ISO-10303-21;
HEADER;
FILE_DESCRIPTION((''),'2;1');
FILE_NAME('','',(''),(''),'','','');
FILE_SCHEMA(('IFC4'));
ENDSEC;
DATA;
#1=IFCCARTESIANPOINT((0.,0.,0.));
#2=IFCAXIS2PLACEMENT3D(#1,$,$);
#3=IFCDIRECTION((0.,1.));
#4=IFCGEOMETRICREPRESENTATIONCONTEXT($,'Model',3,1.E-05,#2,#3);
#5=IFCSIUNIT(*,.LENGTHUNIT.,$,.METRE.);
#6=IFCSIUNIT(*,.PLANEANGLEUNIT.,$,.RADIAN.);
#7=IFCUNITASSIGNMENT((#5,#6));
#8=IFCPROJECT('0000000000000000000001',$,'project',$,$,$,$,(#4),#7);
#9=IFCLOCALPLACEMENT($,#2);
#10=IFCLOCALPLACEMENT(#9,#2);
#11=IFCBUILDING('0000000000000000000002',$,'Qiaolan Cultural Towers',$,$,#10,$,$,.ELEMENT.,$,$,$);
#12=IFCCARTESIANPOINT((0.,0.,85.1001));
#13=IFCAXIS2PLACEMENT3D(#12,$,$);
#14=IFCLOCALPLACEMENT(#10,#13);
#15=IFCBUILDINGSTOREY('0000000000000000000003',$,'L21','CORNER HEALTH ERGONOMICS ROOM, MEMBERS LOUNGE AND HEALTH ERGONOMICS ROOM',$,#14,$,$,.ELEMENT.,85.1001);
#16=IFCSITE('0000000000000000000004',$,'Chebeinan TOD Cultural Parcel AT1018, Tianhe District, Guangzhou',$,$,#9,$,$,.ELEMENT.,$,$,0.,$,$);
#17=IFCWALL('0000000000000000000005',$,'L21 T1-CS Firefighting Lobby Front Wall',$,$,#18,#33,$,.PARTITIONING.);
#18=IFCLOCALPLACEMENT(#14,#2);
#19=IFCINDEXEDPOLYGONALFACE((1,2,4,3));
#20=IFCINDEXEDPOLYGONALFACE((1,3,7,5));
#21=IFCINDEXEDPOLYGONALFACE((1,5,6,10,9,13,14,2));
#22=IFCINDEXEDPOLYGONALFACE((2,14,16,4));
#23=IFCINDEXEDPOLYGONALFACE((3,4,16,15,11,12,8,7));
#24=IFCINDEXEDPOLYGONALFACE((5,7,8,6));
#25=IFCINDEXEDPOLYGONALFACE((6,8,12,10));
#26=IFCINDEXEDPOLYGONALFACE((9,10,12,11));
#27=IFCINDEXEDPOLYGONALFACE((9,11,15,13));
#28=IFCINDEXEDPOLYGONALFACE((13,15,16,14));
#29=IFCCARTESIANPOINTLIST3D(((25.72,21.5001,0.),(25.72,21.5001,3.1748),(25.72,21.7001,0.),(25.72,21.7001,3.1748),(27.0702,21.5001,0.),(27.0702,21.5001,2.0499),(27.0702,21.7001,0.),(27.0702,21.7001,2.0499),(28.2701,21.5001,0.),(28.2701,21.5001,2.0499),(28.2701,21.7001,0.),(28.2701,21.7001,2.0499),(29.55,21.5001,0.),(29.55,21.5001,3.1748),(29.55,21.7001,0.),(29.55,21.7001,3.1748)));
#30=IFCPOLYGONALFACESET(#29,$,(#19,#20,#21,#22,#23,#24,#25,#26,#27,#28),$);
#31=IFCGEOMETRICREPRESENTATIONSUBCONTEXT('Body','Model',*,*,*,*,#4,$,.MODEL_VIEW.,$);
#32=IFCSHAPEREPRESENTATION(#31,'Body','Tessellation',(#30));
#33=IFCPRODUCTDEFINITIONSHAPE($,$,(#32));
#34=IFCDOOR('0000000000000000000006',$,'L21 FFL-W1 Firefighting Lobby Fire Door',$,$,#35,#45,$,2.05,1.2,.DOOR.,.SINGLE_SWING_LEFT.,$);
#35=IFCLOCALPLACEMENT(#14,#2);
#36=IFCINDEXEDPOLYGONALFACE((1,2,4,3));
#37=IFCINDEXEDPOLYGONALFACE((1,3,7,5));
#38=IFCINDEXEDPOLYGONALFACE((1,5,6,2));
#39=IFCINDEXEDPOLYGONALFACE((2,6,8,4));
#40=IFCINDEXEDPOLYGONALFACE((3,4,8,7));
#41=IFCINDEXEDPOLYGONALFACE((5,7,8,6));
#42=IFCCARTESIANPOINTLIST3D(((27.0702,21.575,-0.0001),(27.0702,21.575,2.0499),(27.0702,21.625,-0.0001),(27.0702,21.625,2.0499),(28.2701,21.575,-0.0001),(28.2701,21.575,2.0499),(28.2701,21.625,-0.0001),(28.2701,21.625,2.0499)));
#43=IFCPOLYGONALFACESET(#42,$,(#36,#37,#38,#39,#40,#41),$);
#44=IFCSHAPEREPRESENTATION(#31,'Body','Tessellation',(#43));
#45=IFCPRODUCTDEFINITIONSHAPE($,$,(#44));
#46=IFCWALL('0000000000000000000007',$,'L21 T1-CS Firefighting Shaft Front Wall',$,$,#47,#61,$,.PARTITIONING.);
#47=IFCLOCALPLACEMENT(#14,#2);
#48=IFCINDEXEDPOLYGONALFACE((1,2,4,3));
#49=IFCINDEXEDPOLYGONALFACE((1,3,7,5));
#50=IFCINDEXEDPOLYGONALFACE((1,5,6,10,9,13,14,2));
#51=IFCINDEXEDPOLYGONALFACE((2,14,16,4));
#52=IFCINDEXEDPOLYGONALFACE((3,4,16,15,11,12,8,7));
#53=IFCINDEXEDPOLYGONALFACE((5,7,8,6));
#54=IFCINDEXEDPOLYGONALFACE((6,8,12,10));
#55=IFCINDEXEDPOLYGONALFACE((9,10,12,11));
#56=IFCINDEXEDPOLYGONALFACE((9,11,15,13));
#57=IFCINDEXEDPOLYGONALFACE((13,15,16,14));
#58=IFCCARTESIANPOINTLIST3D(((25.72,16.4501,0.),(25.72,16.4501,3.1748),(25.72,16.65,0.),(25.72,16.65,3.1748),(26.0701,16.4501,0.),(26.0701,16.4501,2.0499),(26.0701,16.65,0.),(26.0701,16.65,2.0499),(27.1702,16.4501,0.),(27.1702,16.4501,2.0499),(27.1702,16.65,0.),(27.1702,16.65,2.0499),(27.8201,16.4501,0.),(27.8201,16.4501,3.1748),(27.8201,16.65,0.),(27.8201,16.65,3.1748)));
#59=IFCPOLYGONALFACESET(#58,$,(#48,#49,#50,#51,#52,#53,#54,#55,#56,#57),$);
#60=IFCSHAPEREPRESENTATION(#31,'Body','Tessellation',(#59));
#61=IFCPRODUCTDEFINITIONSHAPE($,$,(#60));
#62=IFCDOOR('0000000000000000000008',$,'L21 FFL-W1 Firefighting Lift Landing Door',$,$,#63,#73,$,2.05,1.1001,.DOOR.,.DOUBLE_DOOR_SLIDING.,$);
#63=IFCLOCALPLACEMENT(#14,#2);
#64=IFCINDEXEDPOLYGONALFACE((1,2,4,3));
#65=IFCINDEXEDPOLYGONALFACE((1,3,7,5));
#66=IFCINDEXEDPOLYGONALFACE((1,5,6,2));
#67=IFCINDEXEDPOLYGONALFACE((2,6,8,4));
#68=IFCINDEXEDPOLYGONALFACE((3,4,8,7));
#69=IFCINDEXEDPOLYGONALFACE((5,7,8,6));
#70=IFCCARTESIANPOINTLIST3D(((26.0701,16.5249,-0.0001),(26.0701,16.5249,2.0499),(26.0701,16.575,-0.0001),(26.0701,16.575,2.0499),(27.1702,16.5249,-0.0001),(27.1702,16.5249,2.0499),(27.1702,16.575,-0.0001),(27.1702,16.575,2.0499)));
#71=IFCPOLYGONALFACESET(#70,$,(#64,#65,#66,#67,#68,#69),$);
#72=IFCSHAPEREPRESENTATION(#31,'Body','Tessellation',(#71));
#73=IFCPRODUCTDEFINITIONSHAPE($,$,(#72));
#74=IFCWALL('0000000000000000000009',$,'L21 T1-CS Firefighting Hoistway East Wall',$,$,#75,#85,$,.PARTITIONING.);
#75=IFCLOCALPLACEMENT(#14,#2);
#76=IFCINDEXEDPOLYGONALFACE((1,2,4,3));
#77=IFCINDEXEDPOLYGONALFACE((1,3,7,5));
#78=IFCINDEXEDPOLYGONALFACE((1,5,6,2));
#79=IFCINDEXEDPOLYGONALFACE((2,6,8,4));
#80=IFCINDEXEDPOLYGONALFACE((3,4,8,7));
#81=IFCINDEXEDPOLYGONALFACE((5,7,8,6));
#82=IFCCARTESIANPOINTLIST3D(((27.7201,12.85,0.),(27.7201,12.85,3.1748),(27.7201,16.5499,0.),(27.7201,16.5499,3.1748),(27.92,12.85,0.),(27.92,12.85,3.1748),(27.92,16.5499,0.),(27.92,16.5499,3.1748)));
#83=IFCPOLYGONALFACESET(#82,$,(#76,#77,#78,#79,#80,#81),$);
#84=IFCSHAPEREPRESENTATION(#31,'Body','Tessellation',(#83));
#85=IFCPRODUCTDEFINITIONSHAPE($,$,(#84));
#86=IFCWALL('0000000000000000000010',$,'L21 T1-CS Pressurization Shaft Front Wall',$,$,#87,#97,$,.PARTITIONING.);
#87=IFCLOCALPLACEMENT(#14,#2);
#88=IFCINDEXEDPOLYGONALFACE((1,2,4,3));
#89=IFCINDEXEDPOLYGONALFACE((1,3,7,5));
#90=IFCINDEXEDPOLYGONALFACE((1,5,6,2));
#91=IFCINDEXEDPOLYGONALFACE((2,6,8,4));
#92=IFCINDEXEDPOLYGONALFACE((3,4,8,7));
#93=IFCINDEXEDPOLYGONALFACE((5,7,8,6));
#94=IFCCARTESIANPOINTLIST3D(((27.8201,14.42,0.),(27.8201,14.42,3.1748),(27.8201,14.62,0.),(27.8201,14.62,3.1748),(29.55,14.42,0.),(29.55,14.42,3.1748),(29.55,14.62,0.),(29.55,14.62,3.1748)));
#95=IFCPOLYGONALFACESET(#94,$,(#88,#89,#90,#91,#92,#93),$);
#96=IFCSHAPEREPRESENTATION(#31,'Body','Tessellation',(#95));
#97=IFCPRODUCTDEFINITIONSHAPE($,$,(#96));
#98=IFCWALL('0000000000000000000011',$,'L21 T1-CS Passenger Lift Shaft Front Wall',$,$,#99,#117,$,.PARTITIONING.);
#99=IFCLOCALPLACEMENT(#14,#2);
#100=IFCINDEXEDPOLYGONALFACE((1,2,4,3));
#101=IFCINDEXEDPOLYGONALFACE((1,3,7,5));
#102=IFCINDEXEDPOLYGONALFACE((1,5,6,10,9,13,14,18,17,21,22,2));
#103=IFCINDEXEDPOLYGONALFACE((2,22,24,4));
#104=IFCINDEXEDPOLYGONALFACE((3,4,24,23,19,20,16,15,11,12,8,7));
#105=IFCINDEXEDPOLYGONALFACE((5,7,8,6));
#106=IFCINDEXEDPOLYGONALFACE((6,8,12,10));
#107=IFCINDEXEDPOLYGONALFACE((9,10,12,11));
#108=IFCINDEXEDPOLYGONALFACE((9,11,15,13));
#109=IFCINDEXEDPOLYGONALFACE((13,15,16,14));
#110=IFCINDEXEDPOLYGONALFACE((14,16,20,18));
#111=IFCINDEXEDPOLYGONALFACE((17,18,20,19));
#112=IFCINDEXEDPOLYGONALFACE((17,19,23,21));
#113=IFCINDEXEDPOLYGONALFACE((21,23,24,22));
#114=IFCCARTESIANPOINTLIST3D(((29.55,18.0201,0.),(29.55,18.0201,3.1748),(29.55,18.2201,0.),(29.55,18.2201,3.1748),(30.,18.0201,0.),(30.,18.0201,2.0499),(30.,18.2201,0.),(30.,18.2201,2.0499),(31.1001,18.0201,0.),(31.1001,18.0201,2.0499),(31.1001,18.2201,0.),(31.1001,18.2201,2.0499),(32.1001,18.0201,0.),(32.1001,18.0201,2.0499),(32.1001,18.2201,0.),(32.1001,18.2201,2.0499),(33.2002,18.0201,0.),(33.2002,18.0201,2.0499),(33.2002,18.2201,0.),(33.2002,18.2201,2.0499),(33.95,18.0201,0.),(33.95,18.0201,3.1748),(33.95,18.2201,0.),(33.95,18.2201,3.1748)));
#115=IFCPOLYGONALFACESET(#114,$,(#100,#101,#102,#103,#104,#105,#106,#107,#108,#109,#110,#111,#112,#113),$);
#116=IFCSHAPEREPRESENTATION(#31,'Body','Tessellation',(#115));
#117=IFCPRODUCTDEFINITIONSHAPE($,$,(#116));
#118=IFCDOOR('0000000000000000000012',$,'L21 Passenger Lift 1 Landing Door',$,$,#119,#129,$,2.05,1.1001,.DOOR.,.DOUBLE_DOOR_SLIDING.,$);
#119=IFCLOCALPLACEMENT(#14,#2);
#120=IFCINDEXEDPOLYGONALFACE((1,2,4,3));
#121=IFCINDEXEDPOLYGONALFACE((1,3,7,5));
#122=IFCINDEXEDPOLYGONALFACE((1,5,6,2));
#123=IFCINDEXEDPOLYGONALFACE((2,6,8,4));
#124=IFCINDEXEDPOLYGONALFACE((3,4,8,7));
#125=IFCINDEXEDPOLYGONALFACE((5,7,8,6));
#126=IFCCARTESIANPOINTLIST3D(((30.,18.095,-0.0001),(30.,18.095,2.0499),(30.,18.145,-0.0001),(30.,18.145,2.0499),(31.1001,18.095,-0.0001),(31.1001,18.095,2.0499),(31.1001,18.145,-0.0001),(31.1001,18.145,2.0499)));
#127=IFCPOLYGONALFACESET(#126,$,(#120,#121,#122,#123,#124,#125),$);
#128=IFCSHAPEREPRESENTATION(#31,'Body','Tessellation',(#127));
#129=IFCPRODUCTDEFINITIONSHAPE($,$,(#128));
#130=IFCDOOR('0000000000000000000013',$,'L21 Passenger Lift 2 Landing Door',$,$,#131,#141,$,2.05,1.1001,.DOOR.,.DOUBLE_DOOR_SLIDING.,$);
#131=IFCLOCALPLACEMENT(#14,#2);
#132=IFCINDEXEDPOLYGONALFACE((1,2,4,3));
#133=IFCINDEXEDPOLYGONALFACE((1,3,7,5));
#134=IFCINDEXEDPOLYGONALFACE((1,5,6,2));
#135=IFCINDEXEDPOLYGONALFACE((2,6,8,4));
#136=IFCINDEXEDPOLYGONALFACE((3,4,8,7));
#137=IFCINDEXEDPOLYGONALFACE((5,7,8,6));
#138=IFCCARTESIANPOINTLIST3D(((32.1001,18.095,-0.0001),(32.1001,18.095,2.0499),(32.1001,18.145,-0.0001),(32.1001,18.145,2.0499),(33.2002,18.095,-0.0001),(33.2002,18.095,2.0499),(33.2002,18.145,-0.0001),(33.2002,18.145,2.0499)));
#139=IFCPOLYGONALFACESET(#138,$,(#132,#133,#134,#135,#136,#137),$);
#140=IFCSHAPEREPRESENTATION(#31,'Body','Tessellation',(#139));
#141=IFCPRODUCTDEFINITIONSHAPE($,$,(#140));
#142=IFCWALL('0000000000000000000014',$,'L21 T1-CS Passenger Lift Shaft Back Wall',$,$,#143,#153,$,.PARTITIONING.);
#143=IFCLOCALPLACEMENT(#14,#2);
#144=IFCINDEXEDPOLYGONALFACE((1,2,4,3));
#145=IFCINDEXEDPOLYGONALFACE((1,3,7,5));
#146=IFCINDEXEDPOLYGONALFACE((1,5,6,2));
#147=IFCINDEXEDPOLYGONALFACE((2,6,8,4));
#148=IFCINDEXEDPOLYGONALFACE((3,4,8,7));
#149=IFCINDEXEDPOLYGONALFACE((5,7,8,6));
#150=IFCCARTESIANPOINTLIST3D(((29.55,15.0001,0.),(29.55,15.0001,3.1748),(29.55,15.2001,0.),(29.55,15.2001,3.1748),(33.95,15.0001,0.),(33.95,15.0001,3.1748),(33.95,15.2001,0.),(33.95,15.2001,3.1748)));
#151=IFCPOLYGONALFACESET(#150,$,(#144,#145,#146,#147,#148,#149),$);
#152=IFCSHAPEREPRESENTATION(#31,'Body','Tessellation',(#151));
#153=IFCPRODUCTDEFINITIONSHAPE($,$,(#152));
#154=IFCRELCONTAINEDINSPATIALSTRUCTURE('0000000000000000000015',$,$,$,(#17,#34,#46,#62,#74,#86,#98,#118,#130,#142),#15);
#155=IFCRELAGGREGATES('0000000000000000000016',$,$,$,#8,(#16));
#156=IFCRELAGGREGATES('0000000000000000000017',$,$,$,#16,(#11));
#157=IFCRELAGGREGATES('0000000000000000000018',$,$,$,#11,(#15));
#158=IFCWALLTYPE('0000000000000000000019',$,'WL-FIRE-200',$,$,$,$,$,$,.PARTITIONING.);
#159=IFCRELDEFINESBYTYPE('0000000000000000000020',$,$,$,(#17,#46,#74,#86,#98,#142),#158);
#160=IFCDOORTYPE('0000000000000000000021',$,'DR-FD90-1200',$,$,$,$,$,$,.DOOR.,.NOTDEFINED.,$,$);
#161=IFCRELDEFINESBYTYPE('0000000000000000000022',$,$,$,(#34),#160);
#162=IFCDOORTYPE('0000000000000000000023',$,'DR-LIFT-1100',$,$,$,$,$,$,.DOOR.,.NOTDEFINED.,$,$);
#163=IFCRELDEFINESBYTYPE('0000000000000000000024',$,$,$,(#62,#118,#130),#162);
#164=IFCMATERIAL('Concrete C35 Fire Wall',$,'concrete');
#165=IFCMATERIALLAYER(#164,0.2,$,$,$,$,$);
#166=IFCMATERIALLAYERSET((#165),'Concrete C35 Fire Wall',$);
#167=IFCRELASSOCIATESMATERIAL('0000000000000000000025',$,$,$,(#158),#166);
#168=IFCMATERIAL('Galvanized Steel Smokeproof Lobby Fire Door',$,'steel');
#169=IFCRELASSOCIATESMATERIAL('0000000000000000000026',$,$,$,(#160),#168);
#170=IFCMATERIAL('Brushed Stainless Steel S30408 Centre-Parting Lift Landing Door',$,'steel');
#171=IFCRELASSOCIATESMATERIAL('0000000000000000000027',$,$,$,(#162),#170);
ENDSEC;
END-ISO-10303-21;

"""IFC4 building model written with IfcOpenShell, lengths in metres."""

from ifc_helpers import new_model, si_unit, direction, frame, frame_2d, origin, place, context, subcontext, project, spatial, rectangle, extrude, material, layer, layer_set, type_object, element, fill, save


model = new_model("IFC4")

# Units and contexts
model_context = context("Model", 3, precision=1e-05, world=origin(), true_north=direction((0.0, 1.0)))
body_context = subcontext(model_context, "Body", "Model", "MODEL_VIEW")
ifc_project = project(units=[si_unit("LENGTHUNIT", "METRE"), si_unit("PLANEANGLEUNIT", "RADIAN")], contexts=[model_context])

# Site, building, storey
site_placement = place(None, origin())
site = spatial("IfcSite", under=ifc_project, at=site_placement, Name="Chebeinan TOD Cultural Parcel AT1018, Tianhe District, Guangzhou", CompositionType="ELEMENT", RefElevation=0.0)
building_placement = place(site_placement, origin())
building = spatial("IfcBuilding", under=site, at=building_placement, Name="Qiaolan Cultural Towers", CompositionType="ELEMENT")
storey_placement = place(building_placement, frame((0.0, 0.0, 85.1001)))
storey = spatial("IfcBuildingStorey", under=building, at=storey_placement, Name="L21", Description="CORNER HEALTH ERGONOMICS ROOM, MEMBERS LOUNGE AND HEALTH ERGONOMICS ROOM", CompositionType="ELEMENT", Elevation=85.1001)

# Shared definitions
ifc_material_1 = material(Name="Concrete C35 Fire Wall", Category="concrete")
ifc_layer_1 = layer(ifc_material_1, 0.2)
ifc_layer_set_1 = layer_set([ifc_layer_1], Name="Concrete C35 Fire Wall")
wall_type_1 = type_object("IfcWallType", Name="WL-FIRE-200", PredefinedType="PARTITIONING", material=ifc_layer_set_1)

# Walls, openings, doors
wall_1_placement = place(storey_placement, frame((25.72, 21.6001, 0.0), z_axis=(0.0, 0.0, 1.0), x_axis=(1.0, 0.0, 0.0)))
wall_1 = element("IfcWall", 1, at=wall_1_placement, inside=storey, type_object=wall_type_1, Name="L21 T1-CS Firefighting Lobby Front Wall", PredefinedType="PARTITIONING", context=body_context, shape_type="SweptSolid", body=[
    extrude(rectangle(XDim=3.8301, YDim=0.2, at=frame_2d((1.915, 0.0))), origin(), (0.0, 0.0, 1.0), 3.1748),
])
opening_1_placement = place(wall_1_placement, frame((1.3501, 0.0, 0.0)))
opening_1 = element("IfcOpeningElement", 2, at=opening_1_placement, cuts=wall_1, PredefinedType="OPENING", context=body_context, shape_type="SweptSolid", body=[
    extrude(rectangle(XDim=1.2, YDim=2.05, at=frame_2d((0.6001, 1.0249))), frame((0.0, 0.1099, 0.0), z_axis=(0.0, -1.0, 0.0), x_axis=(1.0, 0.0, 0.0)), (0.0, 0.0, 1.0), 0.22),
])
ifc_material_2 = material(Name="Galvanized Steel Smokeproof Lobby Fire Door", Category="steel")
door_type_1 = type_object("IfcDoorType", Name="DR-FD90-1200", OperationType="NOTDEFINED", PredefinedType="DOOR", material=ifc_material_2)
door_1_placement = place(opening_1_placement, origin())
door_1 = element("IfcDoor", 3, at=door_1_placement, inside=storey, type_object=door_type_1, Name="L21 FFL-W1 Firefighting Lobby Fire Door", OperationType="SINGLE_SWING_LEFT", OverallHeight=2.05, OverallWidth=1.2, PredefinedType="DOOR", context=body_context, shape_type="SweptSolid", body=[
    extrude(rectangle(XDim=1.2, YDim=2.05, at=frame_2d((0.6001, 1.0249))), frame((0.0, 0.0249, 0.0), z_axis=(0.0, -1.0, 0.0), x_axis=(1.0, 0.0, 0.0)), (0.0, 0.0, 1.0), 0.05),
])
fill(opening_1, door_1)
wall_2_placement = place(storey_placement, frame((25.72, 16.55, 0.0), z_axis=(0.0, 0.0, 1.0), x_axis=(1.0, 0.0, 0.0)))
wall_2 = element("IfcWall", 4, at=wall_2_placement, inside=storey, type_object=wall_type_1, Name="L21 T1-CS Firefighting Shaft Front Wall", PredefinedType="PARTITIONING", context=body_context, shape_type="SweptSolid", body=[
    extrude(rectangle(XDim=2.1001, YDim=0.2, at=frame_2d((1.05, 0.0))), origin(), (0.0, 0.0, 1.0), 3.1748),
])
opening_2_placement = place(wall_2_placement, frame((0.3501, 0.0, 0.0)))
opening_2 = element("IfcOpeningElement", 5, at=opening_2_placement, cuts=wall_2, PredefinedType="OPENING", context=body_context, shape_type="SweptSolid", body=[
    extrude(rectangle(XDim=1.1001, YDim=2.05, at=frame_2d((0.55, 1.0249))), frame((0.0, 0.1099, 0.0), z_axis=(0.0, -1.0, 0.0), x_axis=(1.0, 0.0, 0.0)), (0.0, 0.0, 1.0), 0.22),
])
ifc_material_3 = material(Name="Brushed Stainless Steel S30408 Centre-Parting Lift Landing Door", Category="steel")
door_type_2 = type_object("IfcDoorType", Name="DR-LIFT-1100", OperationType="NOTDEFINED", PredefinedType="DOOR", material=ifc_material_3)
door_2_placement = place(opening_2_placement, origin())
door_2 = element("IfcDoor", 6, at=door_2_placement, inside=storey, type_object=door_type_2, Name="L21 FFL-W1 Firefighting Lift Landing Door", OperationType="DOUBLE_DOOR_SLIDING", OverallHeight=2.05, OverallWidth=1.1001, PredefinedType="DOOR", context=body_context, shape_type="SweptSolid", body=[
    extrude(rectangle(XDim=1.1001, YDim=2.05, at=frame_2d((0.55, 1.0249))), frame((0.0, 0.0249, 0.0), z_axis=(0.0, -1.0, 0.0), x_axis=(1.0, 0.0, 0.0)), (0.0, 0.0, 1.0), 0.05),
])
fill(opening_2, door_2)

# Walls
wall_3_placement = place(storey_placement, frame((27.8201, 16.55, 0.0), z_axis=(0.0, 0.0, 1.0), x_axis=(0.0, -1.0, 0.0)))
element("IfcWall", 7, at=wall_3_placement, inside=storey, type_object=wall_type_1, Name="L21 T1-CS Firefighting Hoistway East Wall", PredefinedType="PARTITIONING", context=body_context, shape_type="SweptSolid", body=[
    extrude(rectangle(XDim=3.7, YDim=0.2, at=frame_2d((1.8501, 0.0))), origin(), (0.0, 0.0, 1.0), 3.1748),
])
wall_4_placement = place(storey_placement, frame((27.8201, 14.52, 0.0), z_axis=(0.0, 0.0, 1.0), x_axis=(1.0, 0.0, 0.0)))
element("IfcWall", 8, at=wall_4_placement, inside=storey, type_object=wall_type_1, Name="L21 T1-CS Pressurization Shaft Front Wall", PredefinedType="PARTITIONING", context=body_context, shape_type="SweptSolid", body=[
    extrude(rectangle(XDim=1.73, YDim=0.2, at=frame_2d((0.865, 0.0))), origin(), (0.0, 0.0, 1.0), 3.1748),
])

# Wall, openings, doors
wall_5_placement = place(storey_placement, frame((29.55, 18.1201, 0.0), z_axis=(0.0, 0.0, 1.0), x_axis=(1.0, 0.0, 0.0)))
wall_5 = element("IfcWall", 9, at=wall_5_placement, inside=storey, type_object=wall_type_1, Name="L21 T1-CS Passenger Lift Shaft Front Wall", PredefinedType="PARTITIONING", context=body_context, shape_type="SweptSolid", body=[
    extrude(rectangle(XDim=4.3999, YDim=0.2, at=frame_2d((2.2, 0.0))), origin(), (0.0, 0.0, 1.0), 3.1748),
])
opening_3_placement = place(wall_5_placement, frame((0.45, 0.0, 0.0)))
opening_3 = element("IfcOpeningElement", 10, at=opening_3_placement, cuts=wall_5, PredefinedType="OPENING", context=body_context, shape_type="SweptSolid", body=[
    extrude(rectangle(XDim=1.1001, YDim=2.05, at=frame_2d((0.55, 1.0249))), frame((0.0, 0.1099, 0.0), z_axis=(0.0, -1.0, 0.0), x_axis=(1.0, 0.0, 0.0)), (0.0, 0.0, 1.0), 0.22),
])
opening_4_placement = place(wall_5_placement, frame((2.55, 0.0, 0.0)))
opening_4 = element("IfcOpeningElement", 11, at=opening_4_placement, cuts=wall_5, PredefinedType="OPENING", context=body_context, shape_type="SweptSolid", body=[
    extrude(rectangle(XDim=1.1001, YDim=2.05, at=frame_2d((0.55, 1.0249))), frame((0.0, 0.1099, 0.0), z_axis=(0.0, -1.0, 0.0), x_axis=(1.0, 0.0, 0.0)), (0.0, 0.0, 1.0), 0.22),
])
door_3_placement = place(opening_3_placement, origin())
door_3 = element("IfcDoor", 12, at=door_3_placement, inside=storey, type_object=door_type_2, Name="L21 Passenger Lift 1 Landing Door", OperationType="DOUBLE_DOOR_SLIDING", OverallHeight=2.05, OverallWidth=1.1001, PredefinedType="DOOR", context=body_context, shape_type="SweptSolid", body=[
    extrude(rectangle(XDim=1.1001, YDim=2.05, at=frame_2d((0.55, 1.0249))), frame((0.0, 0.0249, 0.0), z_axis=(0.0, -1.0, 0.0), x_axis=(1.0, 0.0, 0.0)), (0.0, 0.0, 1.0), 0.05),
])
fill(opening_3, door_3)
door_4_placement = place(opening_4_placement, origin())
door_4 = element("IfcDoor", 13, at=door_4_placement, inside=storey, type_object=door_type_2, Name="L21 Passenger Lift 2 Landing Door", OperationType="DOUBLE_DOOR_SLIDING", OverallHeight=2.05, OverallWidth=1.1001, PredefinedType="DOOR", context=body_context, shape_type="SweptSolid", body=[
    extrude(rectangle(XDim=1.1001, YDim=2.05, at=frame_2d((0.55, 1.0249))), frame((0.0, 0.0249, 0.0), z_axis=(0.0, -1.0, 0.0), x_axis=(1.0, 0.0, 0.0)), (0.0, 0.0, 1.0), 0.05),
])
fill(opening_4, door_4)

# Wall
wall_6_placement = place(storey_placement, frame((29.55, 15.1001, 0.0), z_axis=(0.0, 0.0, 1.0), x_axis=(1.0, 0.0, 0.0)))
element("IfcWall", 14, at=wall_6_placement, inside=storey, type_object=wall_type_1, Name="L21 T1-CS Passenger Lift Shaft Back Wall", PredefinedType="PARTITIONING", context=body_context, shape_type="SweptSolid", body=[
    extrude(rectangle(XDim=4.3999, YDim=0.2, at=frame_2d((2.2, 0.0))), origin(), (0.0, 0.0, 1.0), 3.1748),
])

save(model, "model.ifc")
